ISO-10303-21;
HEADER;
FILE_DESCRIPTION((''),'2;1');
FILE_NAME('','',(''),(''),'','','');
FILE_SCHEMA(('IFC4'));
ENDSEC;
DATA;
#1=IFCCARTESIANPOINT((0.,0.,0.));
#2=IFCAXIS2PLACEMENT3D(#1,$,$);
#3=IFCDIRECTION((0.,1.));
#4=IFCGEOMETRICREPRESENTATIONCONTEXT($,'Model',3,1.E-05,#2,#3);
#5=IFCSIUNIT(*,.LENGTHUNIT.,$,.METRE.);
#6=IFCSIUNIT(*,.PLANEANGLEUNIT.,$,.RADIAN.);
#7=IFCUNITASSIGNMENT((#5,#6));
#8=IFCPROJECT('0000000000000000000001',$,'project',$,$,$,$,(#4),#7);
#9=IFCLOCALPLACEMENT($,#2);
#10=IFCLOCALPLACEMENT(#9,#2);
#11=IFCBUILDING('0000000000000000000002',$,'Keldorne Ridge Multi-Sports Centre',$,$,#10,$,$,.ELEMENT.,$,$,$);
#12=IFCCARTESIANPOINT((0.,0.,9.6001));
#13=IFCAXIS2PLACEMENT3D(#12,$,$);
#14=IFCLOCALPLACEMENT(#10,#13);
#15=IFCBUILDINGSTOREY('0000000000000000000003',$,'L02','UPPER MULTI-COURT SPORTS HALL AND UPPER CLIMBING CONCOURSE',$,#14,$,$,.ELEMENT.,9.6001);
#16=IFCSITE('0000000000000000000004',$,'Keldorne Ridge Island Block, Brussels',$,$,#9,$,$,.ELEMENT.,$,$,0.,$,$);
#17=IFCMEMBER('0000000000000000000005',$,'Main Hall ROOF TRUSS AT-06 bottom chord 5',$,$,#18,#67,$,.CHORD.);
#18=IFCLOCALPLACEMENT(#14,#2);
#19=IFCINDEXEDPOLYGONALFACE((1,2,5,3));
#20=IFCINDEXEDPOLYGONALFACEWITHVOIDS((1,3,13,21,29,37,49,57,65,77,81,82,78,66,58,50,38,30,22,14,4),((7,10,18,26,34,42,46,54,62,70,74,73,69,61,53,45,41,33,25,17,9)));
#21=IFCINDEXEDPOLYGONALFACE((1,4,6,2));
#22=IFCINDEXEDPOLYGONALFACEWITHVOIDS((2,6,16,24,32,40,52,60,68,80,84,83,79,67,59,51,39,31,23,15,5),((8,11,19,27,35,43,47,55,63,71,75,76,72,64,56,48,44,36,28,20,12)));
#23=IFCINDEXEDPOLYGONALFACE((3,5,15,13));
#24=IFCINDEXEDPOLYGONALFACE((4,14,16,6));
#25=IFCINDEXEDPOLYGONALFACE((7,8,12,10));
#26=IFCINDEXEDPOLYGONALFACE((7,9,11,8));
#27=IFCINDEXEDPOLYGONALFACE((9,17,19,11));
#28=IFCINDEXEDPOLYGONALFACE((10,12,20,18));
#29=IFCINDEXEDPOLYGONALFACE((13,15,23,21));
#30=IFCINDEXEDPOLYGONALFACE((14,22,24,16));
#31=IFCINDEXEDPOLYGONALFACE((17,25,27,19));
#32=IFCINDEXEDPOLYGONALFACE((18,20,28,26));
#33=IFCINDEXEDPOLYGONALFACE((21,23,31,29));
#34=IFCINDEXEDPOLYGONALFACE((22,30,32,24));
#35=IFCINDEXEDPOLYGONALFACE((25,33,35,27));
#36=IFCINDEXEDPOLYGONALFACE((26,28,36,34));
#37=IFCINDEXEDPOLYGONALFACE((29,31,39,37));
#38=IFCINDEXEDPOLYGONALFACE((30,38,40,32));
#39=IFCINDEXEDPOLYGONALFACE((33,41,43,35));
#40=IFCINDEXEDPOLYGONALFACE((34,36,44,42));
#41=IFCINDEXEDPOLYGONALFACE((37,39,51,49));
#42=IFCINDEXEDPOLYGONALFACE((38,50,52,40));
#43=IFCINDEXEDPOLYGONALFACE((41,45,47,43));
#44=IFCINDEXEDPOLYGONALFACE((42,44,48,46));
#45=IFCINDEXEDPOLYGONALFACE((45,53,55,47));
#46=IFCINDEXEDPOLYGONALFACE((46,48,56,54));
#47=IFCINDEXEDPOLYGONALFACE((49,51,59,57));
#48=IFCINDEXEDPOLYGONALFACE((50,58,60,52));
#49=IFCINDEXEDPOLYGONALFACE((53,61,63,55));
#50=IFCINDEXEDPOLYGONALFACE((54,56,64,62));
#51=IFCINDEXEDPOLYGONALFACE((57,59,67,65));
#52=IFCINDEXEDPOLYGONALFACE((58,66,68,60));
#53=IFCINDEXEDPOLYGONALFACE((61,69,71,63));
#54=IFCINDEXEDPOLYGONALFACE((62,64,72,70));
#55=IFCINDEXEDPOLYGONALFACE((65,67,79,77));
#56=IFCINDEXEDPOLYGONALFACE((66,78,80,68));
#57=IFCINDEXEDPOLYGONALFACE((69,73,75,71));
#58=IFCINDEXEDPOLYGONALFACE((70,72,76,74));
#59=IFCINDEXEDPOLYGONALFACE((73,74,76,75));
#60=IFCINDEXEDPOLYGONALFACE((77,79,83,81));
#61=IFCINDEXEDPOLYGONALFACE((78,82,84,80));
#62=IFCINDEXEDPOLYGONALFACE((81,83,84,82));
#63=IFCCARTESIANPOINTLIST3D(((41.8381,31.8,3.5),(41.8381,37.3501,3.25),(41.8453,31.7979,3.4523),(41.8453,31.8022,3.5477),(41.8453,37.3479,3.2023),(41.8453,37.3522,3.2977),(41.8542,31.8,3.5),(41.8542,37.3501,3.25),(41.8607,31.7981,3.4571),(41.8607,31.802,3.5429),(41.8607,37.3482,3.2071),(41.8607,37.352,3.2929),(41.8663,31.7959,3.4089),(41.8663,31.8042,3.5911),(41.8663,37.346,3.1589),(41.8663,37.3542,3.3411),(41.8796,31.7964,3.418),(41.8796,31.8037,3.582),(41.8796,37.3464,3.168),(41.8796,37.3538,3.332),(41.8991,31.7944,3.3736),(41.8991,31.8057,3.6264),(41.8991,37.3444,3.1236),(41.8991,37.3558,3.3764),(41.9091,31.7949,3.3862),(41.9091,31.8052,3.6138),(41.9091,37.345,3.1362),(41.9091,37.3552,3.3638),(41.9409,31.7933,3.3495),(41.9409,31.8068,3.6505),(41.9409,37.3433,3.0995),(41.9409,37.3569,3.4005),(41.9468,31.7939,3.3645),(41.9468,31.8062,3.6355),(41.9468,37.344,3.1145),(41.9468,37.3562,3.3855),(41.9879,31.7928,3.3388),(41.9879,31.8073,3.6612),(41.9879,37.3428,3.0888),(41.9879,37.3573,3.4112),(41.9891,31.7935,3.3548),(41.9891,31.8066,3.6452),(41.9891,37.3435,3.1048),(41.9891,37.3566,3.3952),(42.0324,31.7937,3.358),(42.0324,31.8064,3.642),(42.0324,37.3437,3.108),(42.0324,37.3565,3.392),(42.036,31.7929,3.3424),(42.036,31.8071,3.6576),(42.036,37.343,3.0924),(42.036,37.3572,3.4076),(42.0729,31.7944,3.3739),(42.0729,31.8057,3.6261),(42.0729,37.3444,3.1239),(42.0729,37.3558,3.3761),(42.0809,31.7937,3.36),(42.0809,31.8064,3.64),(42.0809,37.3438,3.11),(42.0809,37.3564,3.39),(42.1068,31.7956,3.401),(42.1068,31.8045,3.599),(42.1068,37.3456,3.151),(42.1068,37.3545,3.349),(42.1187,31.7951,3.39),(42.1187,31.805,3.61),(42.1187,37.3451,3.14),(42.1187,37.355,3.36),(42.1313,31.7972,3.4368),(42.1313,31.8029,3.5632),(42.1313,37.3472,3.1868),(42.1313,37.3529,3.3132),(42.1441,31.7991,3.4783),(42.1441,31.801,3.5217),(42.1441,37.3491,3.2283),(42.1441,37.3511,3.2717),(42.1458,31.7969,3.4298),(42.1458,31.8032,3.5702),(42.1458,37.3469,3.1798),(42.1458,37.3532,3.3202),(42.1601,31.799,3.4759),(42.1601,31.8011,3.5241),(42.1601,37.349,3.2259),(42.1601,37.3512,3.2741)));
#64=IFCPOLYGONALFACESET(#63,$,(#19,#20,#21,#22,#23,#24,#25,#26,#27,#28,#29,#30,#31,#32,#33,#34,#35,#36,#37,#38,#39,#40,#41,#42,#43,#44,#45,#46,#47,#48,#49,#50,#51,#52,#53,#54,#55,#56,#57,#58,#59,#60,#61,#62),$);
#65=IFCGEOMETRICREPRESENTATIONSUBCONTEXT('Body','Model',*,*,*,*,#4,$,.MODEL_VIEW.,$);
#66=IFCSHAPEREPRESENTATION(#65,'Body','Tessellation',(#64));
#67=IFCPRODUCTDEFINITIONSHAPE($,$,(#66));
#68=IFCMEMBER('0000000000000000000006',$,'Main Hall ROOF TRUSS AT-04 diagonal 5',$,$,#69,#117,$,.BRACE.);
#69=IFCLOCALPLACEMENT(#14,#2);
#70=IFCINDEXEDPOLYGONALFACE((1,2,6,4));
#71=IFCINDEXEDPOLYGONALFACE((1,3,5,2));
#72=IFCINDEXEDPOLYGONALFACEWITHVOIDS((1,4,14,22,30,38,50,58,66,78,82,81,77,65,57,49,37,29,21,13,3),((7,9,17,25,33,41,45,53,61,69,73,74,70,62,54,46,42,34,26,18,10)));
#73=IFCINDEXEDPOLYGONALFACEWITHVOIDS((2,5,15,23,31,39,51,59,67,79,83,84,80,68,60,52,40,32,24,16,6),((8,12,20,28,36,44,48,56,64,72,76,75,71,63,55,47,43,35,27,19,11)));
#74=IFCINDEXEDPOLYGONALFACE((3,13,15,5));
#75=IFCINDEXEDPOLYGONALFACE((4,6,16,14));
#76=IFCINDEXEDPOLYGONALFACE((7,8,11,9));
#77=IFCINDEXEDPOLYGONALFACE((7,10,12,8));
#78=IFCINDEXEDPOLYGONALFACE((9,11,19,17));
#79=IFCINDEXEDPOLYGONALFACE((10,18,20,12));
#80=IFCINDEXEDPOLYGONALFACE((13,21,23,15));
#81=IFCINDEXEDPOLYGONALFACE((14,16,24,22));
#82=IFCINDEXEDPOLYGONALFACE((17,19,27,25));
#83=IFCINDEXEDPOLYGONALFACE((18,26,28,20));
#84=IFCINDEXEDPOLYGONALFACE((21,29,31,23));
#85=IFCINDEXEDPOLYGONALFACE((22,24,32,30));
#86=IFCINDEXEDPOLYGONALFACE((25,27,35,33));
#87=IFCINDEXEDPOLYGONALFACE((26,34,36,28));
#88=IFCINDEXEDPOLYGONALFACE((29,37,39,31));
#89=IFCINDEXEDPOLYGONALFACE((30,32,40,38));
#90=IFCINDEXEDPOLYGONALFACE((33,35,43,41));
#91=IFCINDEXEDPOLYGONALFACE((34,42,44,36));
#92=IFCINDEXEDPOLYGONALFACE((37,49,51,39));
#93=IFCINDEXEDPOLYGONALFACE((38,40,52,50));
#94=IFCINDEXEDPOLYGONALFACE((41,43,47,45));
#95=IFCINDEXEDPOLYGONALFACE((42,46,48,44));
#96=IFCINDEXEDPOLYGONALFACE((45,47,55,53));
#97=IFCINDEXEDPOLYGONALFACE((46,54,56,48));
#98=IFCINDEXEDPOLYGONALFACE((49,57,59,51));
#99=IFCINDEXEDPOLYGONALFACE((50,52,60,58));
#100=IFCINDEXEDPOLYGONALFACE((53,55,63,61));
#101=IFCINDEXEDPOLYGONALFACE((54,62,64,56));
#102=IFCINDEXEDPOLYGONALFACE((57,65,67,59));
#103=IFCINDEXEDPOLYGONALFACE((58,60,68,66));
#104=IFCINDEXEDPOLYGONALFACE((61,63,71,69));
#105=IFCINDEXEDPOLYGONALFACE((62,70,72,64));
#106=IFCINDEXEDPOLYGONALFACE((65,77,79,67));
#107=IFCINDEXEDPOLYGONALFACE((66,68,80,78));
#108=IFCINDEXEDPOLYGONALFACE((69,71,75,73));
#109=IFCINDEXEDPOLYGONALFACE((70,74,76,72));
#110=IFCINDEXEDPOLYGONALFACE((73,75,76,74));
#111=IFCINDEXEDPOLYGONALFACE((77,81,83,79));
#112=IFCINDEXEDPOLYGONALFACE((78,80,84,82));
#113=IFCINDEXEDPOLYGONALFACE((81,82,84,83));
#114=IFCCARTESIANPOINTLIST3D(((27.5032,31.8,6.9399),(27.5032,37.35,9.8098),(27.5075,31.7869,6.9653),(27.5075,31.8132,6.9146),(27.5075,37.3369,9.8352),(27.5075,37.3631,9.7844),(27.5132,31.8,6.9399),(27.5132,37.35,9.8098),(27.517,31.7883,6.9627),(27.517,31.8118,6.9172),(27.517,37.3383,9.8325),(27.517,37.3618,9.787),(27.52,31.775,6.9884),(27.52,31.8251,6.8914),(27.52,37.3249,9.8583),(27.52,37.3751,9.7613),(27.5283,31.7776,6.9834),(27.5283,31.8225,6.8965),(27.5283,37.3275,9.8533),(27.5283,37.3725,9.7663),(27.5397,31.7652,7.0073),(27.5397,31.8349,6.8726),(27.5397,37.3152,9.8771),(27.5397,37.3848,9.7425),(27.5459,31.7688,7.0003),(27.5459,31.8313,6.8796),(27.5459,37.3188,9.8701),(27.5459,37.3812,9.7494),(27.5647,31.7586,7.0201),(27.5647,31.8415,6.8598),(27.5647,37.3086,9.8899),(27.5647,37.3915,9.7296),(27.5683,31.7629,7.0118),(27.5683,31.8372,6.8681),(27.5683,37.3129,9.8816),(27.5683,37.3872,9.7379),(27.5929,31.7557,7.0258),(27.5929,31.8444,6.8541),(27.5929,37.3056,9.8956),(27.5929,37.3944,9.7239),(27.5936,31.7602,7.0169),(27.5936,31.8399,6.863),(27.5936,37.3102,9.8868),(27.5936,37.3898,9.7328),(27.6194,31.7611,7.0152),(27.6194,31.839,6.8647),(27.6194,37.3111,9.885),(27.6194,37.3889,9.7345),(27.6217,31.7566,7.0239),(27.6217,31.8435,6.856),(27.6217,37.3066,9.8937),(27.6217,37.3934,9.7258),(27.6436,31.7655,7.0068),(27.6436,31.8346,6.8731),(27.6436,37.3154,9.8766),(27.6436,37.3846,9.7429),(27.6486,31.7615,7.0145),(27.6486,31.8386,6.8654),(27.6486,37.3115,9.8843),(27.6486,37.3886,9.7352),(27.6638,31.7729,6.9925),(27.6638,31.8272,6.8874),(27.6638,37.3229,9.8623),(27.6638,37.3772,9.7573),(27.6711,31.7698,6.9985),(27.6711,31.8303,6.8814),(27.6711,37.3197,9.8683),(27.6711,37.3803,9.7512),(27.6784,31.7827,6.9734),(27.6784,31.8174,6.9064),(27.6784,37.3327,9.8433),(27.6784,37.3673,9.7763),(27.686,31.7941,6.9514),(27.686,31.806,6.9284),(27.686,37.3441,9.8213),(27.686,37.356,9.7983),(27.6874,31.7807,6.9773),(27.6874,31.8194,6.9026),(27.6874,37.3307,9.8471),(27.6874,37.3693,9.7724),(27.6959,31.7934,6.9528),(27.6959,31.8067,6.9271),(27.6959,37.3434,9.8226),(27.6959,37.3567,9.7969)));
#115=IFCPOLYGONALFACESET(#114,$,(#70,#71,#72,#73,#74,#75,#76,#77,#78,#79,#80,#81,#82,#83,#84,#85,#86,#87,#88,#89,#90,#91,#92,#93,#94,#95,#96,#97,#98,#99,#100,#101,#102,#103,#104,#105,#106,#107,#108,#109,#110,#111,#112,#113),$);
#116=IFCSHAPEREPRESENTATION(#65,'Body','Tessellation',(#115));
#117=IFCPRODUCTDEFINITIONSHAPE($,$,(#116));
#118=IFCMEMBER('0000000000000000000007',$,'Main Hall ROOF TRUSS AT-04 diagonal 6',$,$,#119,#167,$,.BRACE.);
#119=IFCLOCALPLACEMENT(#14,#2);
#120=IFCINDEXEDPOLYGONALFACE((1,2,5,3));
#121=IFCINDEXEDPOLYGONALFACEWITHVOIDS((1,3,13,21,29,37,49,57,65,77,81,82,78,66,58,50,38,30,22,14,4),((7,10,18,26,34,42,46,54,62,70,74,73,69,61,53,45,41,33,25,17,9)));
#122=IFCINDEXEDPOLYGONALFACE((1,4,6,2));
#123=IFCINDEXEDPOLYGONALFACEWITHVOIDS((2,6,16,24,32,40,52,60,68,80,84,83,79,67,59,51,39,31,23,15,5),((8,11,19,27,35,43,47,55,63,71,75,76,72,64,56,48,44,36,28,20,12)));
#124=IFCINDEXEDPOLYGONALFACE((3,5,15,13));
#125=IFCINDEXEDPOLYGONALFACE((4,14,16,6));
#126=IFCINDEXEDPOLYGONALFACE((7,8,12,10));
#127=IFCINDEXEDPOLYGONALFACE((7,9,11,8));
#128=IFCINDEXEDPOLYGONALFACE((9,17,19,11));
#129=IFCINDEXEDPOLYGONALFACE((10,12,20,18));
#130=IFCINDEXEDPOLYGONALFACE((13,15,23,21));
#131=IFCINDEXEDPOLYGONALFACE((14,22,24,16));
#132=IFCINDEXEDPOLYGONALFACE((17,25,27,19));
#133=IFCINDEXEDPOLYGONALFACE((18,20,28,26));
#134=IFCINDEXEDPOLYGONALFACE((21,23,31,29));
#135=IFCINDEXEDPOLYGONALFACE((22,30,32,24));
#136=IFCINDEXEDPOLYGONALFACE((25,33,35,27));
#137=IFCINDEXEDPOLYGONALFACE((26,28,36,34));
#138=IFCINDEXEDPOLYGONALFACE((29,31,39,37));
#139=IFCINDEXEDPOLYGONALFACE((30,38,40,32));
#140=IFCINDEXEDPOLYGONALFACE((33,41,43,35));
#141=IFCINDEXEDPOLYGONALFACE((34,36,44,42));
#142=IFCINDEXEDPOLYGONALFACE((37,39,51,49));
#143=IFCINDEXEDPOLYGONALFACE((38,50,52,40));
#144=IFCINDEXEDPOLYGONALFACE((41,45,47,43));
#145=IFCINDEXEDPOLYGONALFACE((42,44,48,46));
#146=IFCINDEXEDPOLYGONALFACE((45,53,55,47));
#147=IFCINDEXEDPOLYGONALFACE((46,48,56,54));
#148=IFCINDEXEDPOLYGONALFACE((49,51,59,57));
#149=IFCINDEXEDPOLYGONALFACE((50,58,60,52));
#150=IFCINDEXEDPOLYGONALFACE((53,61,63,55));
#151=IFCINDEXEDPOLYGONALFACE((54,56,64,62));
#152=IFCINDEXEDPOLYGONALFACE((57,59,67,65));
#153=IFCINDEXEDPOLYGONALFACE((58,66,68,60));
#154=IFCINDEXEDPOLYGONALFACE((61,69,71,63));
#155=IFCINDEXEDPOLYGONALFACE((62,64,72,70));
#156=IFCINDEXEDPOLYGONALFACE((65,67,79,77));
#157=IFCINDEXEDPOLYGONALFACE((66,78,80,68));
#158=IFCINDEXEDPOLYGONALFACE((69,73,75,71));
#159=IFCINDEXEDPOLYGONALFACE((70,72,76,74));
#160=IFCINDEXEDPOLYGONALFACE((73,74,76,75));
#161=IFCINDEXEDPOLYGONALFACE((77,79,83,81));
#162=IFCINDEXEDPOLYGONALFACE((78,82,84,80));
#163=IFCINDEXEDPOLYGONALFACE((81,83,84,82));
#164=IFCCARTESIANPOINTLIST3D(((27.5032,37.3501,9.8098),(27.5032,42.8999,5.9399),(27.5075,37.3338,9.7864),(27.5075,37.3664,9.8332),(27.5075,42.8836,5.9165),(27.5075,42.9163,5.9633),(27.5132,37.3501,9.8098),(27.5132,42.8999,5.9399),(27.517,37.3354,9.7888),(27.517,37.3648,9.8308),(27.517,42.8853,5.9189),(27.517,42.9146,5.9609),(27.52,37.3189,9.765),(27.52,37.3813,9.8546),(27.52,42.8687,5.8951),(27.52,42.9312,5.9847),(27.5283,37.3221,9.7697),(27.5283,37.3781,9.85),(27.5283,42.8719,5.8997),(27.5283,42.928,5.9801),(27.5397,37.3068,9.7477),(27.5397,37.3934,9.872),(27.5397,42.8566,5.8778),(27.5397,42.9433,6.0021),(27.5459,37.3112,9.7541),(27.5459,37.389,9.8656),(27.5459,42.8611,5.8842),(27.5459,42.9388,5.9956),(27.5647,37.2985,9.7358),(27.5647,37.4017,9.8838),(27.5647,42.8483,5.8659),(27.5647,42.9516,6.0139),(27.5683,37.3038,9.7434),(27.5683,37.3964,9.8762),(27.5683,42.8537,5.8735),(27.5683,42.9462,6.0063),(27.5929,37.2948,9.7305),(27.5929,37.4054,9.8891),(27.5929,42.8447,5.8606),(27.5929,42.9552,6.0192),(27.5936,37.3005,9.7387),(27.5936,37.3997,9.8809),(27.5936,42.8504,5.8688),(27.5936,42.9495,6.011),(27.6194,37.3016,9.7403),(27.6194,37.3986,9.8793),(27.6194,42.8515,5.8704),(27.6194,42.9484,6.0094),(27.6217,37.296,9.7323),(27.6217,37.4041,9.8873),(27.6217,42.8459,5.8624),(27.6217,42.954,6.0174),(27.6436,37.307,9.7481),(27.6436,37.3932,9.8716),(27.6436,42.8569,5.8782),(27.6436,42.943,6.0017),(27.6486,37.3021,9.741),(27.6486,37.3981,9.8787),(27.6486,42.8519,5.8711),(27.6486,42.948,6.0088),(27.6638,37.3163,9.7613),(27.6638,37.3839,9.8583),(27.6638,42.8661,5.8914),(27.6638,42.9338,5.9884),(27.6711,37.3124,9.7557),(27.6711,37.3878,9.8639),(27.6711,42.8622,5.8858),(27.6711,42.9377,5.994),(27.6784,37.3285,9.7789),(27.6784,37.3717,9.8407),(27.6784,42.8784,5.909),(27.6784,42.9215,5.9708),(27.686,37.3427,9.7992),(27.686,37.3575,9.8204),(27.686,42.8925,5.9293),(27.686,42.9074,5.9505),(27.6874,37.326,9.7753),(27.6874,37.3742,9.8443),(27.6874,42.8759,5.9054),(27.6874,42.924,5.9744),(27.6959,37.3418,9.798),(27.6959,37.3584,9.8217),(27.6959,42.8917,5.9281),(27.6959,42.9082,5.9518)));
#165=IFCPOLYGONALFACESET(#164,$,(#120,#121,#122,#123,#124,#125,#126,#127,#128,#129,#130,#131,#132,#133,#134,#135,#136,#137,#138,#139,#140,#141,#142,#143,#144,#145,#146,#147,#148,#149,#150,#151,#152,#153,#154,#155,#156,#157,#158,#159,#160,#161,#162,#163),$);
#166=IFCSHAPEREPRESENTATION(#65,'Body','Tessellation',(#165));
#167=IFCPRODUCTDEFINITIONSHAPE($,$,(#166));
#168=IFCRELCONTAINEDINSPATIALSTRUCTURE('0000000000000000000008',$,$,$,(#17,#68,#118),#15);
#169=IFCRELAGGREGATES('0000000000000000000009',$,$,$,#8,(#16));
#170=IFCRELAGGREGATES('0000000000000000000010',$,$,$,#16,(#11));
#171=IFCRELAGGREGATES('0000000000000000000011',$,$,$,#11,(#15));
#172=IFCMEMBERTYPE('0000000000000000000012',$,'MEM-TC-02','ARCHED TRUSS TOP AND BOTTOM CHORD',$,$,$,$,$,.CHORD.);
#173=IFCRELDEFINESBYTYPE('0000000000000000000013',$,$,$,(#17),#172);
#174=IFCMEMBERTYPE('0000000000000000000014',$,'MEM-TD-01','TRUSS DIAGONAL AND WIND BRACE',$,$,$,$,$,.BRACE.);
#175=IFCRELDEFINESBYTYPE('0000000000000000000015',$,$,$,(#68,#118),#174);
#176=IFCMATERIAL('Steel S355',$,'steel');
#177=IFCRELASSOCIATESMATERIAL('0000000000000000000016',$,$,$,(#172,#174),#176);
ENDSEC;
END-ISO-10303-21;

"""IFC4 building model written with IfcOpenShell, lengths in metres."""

from ifc_helpers import new_model, si_unit, direction, frame, origin, origin_2d, place, context, subcontext, project, spatial, hollow_circle, extrude, material, material_profile, profile_set, type_object, element, save


model = new_model("IFC4")

# Units and contexts
model_context = context("Model", 3, precision=1e-05, world=origin(), true_north=direction((0.0, 1.0)))
body_context = subcontext(model_context, "Body", "Model", "MODEL_VIEW")
ifc_project = project(units=[si_unit("LENGTHUNIT", "METRE"), si_unit("PLANEANGLEUNIT", "RADIAN")], contexts=[model_context])

# Site, building, storey
site_placement = place(None, origin())
site = spatial("IfcSite", under=ifc_project, at=site_placement, Name="Keldorne Ridge Island Block, Brussels", CompositionType="ELEMENT", RefElevation=0.0)
building_placement = place(site_placement, origin())
building = spatial("IfcBuilding", under=site, at=building_placement, Name="Keldorne Ridge Multi-Sports Centre", CompositionType="ELEMENT")
storey_placement = place(building_placement, frame((0.0, 0.0, 9.6001)))
storey = spatial("IfcBuildingStorey", under=building, at=storey_placement, Name="L02", Description="UPPER MULTI-COURT SPORTS HALL AND UPPER CLIMBING CONCOURSE", CompositionType="ELEMENT", Elevation=9.6001)

# Members
ifc_material = material(Name="Steel S355", Category="steel")
ifc_material_profile_1 = material_profile(ifc_material, hollow_circle(Radius=0.1619, WallThickness=0.0161, at=origin_2d()), Name="CHS 323.9x16")
ifc_profile_set_1 = profile_set([ifc_material_profile_1], Name="Steel S355")
member_type_1 = type_object("IfcMemberType", Name="MEM-TC-02", Description="ARCHED TRUSS TOP AND BOTTOM CHORD", PredefinedType="CHORD", material=ifc_profile_set_1)
member_1_placement = place(storey_placement, frame((42.0, 31.8, 3.5), z_axis=(0.0, 0.998987, -0.044999), x_axis=(-1.0, 0.0, 0.0)))
element("IfcMember", 1, at=member_1_placement, inside=storey, type_object=member_type_1, Name="Main Hall ROOF TRUSS AT-06 bottom chord 5", PredefinedType="CHORD", context=body_context, shape_type="SweptSolid", body=[
    extrude(hollow_circle(Radius=0.1619, WallThickness=0.0161, at=origin_2d()), origin(), (0.0, 0.0, 1.0), 5.5557),
])
ifc_material_profile_2 = material_profile(ifc_material, hollow_circle(Radius=0.0969, WallThickness=0.01, at=origin_2d()), Name="CHS 193.7x10")
ifc_profile_set_2 = profile_set([ifc_material_profile_2], Name="Steel S355")
member_type_2 = type_object("IfcMemberType", Name="MEM-TD-01", Description="TRUSS DIAGONAL AND WIND BRACE", PredefinedType="BRACE", material=ifc_profile_set_2)
member_2_placement = place(storey_placement, frame((27.6001, 31.8, 6.9399), z_axis=(0.0, 0.888273, 0.459317), x_axis=(-1.0, 0.0, 0.0)))
element("IfcMember", 2, at=member_2_placement, inside=storey, type_object=member_type_2, Name="Main Hall ROOF TRUSS AT-04 diagonal 5", PredefinedType="BRACE", context=body_context, shape_type="SweptSolid", body=[
    extrude(hollow_circle(Radius=0.0969, WallThickness=0.01, at=origin_2d()), origin(), (0.0, 0.0, 1.0), 6.248),
])
member_3_placement = place(storey_placement, frame((27.6001, 37.3501, 9.8098), z_axis=(0.0, 0.820271, -0.571974), x_axis=(-1.0, 0.0, 0.0)))
element("IfcMember", 3, at=member_3_placement, inside=storey, type_object=member_type_2, Name="Main Hall ROOF TRUSS AT-04 diagonal 6", PredefinedType="BRACE", context=body_context, shape_type="SweptSolid", body=[
    extrude(hollow_circle(Radius=0.0969, WallThickness=0.01, at=origin_2d()), origin(), (0.0, 0.0, 1.0), 6.7659),
])

save(model, "model.ifc")
